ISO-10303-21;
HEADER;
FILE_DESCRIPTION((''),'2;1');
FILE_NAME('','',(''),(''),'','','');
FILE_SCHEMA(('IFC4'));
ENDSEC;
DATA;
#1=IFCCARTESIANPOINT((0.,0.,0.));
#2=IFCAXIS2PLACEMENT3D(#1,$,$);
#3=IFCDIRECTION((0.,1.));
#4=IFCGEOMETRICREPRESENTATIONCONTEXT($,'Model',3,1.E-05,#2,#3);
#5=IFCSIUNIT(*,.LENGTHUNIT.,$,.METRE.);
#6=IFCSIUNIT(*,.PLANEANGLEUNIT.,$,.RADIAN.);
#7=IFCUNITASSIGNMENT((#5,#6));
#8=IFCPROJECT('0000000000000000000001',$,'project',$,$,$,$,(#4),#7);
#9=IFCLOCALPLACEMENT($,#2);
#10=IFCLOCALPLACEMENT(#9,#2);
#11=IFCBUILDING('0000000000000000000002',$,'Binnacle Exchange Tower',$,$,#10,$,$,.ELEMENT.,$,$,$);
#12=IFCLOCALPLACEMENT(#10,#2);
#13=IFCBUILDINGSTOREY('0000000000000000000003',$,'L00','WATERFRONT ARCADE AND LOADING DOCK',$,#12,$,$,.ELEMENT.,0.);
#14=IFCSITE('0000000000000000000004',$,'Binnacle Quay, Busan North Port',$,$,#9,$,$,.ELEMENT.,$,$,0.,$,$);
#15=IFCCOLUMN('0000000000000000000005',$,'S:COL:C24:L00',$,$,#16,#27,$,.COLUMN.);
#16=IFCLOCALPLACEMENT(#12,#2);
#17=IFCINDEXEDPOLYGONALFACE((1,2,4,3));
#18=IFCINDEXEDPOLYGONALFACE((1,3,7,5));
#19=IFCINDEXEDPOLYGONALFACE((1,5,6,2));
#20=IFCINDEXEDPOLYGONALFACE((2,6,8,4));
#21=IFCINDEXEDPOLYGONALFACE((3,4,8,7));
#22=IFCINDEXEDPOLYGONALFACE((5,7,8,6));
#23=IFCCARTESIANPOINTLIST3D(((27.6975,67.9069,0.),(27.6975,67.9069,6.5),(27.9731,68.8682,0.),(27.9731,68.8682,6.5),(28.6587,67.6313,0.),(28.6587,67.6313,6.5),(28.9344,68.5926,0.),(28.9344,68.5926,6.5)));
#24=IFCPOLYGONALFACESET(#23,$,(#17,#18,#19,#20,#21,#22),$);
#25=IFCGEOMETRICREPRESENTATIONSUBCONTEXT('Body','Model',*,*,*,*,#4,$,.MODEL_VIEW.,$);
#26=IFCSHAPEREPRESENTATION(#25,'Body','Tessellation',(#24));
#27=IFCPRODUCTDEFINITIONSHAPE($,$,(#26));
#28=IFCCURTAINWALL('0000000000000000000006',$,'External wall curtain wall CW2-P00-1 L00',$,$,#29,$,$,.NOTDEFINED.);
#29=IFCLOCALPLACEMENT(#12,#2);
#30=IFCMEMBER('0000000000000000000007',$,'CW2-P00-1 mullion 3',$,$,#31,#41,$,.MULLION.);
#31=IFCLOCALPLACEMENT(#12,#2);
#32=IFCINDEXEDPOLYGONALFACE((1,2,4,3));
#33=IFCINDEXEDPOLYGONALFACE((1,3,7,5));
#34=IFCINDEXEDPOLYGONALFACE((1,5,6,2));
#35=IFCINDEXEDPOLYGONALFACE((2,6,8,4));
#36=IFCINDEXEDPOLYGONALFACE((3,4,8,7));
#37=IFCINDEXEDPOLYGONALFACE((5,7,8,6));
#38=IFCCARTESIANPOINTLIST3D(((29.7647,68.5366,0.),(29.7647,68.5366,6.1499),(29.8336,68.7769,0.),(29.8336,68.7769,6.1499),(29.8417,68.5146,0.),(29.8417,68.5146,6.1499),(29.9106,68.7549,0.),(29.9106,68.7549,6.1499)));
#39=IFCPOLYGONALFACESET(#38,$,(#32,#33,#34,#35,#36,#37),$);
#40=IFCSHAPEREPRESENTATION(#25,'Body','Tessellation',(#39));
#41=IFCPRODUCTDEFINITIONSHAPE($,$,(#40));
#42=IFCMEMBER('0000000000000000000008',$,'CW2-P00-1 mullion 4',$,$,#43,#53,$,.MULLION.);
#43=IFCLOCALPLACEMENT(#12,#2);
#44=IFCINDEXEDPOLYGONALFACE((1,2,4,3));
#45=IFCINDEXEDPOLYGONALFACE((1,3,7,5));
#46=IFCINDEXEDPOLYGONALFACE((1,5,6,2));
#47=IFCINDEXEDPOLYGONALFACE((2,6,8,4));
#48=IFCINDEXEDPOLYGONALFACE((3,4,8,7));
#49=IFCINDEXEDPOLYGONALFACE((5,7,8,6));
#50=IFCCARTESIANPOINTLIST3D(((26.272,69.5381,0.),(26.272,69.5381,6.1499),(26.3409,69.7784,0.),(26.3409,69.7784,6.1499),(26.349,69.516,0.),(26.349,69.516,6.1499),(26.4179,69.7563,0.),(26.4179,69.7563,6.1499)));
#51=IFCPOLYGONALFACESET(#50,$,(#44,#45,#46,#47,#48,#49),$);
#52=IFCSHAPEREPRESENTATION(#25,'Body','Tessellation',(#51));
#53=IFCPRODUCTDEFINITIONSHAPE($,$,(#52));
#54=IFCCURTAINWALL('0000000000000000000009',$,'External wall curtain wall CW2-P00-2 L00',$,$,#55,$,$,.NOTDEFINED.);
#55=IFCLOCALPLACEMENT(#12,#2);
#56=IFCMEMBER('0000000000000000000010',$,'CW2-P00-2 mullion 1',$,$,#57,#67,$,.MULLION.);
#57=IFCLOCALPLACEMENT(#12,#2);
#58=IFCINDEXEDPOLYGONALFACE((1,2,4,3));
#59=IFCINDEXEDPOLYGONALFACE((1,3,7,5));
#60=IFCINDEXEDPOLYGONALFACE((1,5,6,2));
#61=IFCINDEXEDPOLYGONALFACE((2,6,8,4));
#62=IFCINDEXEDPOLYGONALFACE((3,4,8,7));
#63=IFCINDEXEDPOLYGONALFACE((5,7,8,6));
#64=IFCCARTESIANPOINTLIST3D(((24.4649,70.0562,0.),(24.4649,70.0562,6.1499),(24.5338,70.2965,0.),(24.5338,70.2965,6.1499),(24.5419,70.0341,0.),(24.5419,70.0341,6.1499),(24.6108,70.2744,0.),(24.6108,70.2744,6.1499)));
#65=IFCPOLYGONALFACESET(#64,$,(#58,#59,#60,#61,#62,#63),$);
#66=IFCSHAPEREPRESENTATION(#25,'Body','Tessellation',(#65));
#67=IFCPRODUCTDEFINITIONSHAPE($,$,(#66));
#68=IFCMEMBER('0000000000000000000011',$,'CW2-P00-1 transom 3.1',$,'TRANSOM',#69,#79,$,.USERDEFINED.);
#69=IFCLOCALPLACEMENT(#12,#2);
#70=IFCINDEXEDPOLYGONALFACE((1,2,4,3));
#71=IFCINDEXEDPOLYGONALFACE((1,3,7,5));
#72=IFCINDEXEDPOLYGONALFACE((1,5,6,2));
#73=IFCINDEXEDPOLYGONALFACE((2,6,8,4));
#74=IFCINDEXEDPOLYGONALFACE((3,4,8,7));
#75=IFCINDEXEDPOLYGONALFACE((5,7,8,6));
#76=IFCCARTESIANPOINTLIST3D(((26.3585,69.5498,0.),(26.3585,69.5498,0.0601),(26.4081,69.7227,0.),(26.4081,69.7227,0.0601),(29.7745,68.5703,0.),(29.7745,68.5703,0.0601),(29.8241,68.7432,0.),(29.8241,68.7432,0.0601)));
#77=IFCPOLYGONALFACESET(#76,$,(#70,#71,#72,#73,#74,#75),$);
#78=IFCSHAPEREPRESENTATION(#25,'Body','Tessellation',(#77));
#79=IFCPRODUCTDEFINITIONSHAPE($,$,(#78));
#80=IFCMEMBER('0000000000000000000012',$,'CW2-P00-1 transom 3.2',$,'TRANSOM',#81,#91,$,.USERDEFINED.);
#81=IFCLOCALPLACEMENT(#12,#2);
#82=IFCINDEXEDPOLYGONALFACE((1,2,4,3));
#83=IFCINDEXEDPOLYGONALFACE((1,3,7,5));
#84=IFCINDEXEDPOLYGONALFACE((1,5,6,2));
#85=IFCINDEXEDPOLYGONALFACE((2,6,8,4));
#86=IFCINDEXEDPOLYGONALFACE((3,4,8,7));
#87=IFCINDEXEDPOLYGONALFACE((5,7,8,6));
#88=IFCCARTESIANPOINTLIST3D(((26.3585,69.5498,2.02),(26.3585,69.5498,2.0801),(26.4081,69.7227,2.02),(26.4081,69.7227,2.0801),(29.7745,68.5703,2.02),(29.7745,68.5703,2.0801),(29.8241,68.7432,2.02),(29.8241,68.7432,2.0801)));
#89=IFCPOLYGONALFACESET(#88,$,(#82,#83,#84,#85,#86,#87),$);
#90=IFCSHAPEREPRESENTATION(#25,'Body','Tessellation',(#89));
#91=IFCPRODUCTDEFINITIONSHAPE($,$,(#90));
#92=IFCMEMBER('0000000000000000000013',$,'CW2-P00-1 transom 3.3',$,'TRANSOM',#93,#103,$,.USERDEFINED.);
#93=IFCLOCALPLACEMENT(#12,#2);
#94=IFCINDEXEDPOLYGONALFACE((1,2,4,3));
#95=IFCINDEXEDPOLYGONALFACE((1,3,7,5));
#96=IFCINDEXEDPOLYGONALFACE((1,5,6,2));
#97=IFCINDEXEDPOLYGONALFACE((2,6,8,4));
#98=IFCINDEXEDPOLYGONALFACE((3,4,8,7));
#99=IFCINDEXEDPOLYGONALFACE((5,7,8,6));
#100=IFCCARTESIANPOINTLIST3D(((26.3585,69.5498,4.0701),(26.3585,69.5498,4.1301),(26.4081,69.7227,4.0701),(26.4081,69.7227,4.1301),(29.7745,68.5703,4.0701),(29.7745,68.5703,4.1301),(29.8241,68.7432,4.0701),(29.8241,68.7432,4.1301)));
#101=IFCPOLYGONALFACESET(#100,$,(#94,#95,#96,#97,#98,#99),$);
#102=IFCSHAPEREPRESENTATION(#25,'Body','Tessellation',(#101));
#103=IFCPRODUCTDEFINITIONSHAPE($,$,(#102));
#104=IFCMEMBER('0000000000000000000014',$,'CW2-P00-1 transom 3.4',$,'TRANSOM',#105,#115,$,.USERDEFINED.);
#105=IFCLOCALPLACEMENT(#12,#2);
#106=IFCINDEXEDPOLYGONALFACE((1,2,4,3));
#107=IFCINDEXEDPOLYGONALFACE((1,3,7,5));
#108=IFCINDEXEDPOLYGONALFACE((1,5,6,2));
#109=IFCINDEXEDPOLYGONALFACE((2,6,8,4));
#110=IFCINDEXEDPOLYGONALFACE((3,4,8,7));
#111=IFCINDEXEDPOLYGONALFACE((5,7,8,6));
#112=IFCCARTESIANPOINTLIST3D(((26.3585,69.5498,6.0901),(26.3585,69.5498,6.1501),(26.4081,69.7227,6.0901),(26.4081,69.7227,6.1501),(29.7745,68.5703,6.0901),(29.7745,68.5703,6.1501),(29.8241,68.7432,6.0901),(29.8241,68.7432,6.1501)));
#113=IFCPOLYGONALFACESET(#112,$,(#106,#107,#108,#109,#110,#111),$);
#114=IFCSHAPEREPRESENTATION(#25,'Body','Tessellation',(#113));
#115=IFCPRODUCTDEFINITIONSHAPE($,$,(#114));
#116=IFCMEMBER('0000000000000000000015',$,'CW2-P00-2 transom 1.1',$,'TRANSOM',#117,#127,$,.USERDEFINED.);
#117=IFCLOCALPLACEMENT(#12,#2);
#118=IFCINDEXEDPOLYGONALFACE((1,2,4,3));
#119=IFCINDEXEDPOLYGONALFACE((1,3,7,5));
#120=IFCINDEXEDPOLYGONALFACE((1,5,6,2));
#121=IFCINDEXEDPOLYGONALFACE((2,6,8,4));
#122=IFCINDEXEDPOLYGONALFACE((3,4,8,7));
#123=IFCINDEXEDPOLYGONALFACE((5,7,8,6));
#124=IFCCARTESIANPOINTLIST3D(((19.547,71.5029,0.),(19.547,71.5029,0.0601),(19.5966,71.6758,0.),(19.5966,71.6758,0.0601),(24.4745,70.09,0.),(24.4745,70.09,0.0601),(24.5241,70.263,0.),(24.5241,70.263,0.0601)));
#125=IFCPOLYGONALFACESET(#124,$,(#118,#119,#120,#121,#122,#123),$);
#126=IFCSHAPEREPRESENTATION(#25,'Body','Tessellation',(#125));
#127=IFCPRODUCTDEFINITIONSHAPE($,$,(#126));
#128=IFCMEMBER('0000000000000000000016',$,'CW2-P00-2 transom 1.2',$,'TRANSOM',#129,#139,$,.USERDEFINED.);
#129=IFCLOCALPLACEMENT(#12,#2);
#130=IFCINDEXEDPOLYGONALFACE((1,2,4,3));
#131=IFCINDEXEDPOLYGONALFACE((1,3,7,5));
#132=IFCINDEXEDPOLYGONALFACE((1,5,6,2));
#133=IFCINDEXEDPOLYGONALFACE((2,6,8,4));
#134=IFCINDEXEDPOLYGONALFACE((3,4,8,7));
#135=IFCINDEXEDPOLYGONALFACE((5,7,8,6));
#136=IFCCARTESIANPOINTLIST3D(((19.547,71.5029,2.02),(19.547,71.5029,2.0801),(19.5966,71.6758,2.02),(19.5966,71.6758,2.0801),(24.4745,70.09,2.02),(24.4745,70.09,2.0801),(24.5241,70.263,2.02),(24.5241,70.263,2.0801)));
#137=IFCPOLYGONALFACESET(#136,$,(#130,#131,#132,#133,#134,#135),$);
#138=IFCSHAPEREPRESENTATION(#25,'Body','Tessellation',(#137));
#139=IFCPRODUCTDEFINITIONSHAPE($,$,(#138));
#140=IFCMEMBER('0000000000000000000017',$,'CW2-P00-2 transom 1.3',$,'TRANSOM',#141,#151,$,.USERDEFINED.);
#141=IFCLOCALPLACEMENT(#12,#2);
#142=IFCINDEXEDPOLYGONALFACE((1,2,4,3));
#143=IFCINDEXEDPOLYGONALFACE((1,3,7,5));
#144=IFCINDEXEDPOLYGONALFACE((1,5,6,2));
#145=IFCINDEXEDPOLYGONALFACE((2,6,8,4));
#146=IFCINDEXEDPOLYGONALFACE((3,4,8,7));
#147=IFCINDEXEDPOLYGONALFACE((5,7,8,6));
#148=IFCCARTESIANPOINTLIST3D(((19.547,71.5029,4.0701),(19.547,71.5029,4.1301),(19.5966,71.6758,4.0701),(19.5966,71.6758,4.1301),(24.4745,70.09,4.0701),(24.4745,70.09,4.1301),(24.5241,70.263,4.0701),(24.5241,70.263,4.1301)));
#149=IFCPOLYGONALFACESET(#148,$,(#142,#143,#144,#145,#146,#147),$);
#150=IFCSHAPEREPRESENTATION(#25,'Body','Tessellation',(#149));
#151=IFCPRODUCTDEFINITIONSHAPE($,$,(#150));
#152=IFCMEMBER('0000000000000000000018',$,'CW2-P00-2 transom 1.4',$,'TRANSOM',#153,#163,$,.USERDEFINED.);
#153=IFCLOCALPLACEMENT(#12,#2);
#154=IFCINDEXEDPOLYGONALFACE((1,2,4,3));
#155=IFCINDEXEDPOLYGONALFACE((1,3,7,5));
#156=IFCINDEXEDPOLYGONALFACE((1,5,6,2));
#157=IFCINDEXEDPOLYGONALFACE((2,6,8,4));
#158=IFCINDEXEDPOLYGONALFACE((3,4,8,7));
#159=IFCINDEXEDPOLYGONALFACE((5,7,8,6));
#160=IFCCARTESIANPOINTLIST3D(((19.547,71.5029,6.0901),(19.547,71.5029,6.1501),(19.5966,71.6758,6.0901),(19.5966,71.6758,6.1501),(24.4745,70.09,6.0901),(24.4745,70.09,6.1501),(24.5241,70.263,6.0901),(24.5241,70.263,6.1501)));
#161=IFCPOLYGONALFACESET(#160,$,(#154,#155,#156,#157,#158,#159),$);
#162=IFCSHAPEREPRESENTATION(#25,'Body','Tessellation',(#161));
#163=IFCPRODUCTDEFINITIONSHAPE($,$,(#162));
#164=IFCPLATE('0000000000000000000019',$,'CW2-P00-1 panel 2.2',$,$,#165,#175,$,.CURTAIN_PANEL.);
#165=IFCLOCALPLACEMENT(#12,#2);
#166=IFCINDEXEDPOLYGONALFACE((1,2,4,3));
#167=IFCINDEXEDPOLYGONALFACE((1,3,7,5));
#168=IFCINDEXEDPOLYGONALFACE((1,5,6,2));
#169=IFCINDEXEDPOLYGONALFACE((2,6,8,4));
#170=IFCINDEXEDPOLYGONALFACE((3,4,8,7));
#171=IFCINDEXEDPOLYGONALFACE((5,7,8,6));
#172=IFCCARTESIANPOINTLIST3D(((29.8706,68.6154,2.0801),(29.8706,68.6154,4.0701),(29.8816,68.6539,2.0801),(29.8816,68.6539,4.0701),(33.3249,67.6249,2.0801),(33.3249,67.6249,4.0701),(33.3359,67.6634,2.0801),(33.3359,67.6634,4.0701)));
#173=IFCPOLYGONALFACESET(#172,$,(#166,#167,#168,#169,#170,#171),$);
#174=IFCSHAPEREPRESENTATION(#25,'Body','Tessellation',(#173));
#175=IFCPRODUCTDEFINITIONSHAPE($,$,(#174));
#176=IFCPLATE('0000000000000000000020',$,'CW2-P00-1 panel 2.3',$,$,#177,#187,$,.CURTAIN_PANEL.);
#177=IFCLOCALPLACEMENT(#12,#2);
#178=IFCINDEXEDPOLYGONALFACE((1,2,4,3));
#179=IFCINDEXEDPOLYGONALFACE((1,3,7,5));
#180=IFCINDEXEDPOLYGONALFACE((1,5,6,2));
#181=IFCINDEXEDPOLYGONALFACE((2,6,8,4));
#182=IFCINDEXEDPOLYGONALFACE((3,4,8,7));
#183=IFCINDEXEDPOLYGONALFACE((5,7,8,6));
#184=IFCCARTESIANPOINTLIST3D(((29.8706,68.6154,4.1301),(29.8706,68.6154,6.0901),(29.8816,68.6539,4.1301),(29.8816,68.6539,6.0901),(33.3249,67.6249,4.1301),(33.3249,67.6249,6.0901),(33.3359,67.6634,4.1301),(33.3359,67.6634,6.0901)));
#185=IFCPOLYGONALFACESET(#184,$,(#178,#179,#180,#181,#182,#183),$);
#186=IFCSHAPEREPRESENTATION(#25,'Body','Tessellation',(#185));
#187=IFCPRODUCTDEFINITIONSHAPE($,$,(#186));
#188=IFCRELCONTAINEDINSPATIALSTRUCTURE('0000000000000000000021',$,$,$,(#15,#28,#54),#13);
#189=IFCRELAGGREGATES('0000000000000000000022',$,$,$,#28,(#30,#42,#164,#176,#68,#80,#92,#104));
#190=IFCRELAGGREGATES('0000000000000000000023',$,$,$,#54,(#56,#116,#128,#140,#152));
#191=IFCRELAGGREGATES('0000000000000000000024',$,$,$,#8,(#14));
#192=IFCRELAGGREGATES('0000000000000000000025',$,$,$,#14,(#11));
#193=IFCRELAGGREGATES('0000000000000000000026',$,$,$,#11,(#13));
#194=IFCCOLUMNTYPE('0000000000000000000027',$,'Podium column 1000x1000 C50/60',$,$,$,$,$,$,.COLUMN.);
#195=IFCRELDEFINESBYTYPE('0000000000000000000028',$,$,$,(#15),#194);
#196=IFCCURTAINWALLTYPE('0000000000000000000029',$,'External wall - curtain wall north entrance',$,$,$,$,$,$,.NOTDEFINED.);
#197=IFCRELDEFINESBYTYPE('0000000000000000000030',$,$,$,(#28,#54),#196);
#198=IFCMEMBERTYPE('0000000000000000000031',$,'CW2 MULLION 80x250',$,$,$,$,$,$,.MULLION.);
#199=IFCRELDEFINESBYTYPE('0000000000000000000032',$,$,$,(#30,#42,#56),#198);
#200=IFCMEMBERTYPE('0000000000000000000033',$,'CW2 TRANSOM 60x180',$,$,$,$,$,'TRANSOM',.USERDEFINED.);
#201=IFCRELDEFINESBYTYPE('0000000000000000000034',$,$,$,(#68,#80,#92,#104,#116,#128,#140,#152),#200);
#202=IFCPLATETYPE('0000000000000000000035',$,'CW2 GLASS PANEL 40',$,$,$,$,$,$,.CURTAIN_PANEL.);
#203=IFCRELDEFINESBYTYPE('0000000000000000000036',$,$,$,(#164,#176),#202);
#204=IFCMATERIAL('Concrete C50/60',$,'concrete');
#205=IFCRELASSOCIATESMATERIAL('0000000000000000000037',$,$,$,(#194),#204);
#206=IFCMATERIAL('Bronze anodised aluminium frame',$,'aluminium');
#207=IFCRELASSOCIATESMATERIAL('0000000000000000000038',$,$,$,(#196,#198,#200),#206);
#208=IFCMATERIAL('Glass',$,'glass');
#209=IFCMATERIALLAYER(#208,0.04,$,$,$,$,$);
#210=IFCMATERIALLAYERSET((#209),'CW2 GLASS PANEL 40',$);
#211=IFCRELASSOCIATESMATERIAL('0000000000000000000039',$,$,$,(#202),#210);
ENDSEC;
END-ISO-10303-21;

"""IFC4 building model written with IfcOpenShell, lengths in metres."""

from ifc_helpers import new_model, si_unit, direction, frame, origin, origin_2d, place, context, subcontext, project, spatial, rectangle, extrude, material, layer, layer_set, material_profile, profile_set, type_object, element, aggregate, save


model = new_model("IFC4")

# Units and contexts
model_context = context("Model", 3, precision=1e-05, world=origin(), true_north=direction((0.0, 1.0)))
body_context = subcontext(model_context, "Body", "Model", "MODEL_VIEW")
ifc_project = project(units=[si_unit("LENGTHUNIT", "METRE"), si_unit("PLANEANGLEUNIT", "RADIAN")], contexts=[model_context])

# Site, building, storey
site_placement = place(None, origin())
site = spatial("IfcSite", under=ifc_project, at=site_placement, Name="Binnacle Quay, Busan North Port", CompositionType="ELEMENT", RefElevation=0.0)
building_placement = place(site_placement, origin())
building = spatial("IfcBuilding", under=site, at=building_placement, Name="Binnacle Exchange Tower", CompositionType="ELEMENT")
storey_placement = place(building_placement, origin())
storey = spatial("IfcBuildingStorey", under=building, at=storey_placement, Name="L00", Description="WATERFRONT ARCADE AND LOADING DOCK", CompositionType="ELEMENT", Elevation=0.0)

# Column
ifc_material_1 = material(Name="Concrete C50/60", Category="concrete")
ifc_material_profile_1 = material_profile(ifc_material_1, rectangle(XDim=1.0, YDim=1.0, at=origin_2d()), Name="Podium column 1000x1000 C50/60")
ifc_profile_set_1 = profile_set([ifc_material_profile_1], Name="Concrete C50/60")
column_type = type_object("IfcColumnType", Name="Podium column 1000x1000 C50/60", PredefinedType="COLUMN", material=ifc_profile_set_1)
column_placement = place(storey_placement, frame((28.3159, 68.2498, 0.0), z_axis=(0.0, 0.0, 1.0), x_axis=(-0.961262, 0.275637, 0.0)))
element("IfcColumn", 1, at=column_placement, inside=storey, type_object=column_type, Name="S:COL:C24:L00", PredefinedType="COLUMN", context=body_context, shape_type="SweptSolid", body=[
    extrude(rectangle(XDim=1.0, YDim=1.0, at=origin_2d()), origin(), (0.0, 0.0, 1.0), 6.5),
])

# Curtain wall, members
ifc_material_2 = material(Name="Bronze anodised aluminium frame", Category="aluminium")
curtain_wall_type = type_object("IfcCurtainWallType", Name="External wall - curtain wall north entrance", PredefinedType="NOTDEFINED", material=ifc_material_2)
curtain_wall_1_placement = place(storey_placement, origin())
curtain_wall_1 = element("IfcCurtainWall", 2, at=curtain_wall_1_placement, inside=storey, type_object=curtain_wall_type, Name="External wall curtain wall CW2-P00-1 L00", PredefinedType="NOTDEFINED")
ifc_material_profile_2 = material_profile(ifc_material_2, rectangle(XDim=0.25, YDim=0.0801, at=origin_2d()), Name="AL 80x250")
ifc_profile_set_2 = profile_set([ifc_material_profile_2], Name="Bronze anodised aluminium frame")
member_type_1 = type_object("IfcMemberType", Name="CW2 MULLION 80x250", PredefinedType="MULLION", material=ifc_profile_set_2)
member_1_placement = place(storey_placement, frame((29.8376, 68.6458, 0.0), z_axis=(0.0, 0.0, 1.0), x_axis=(-0.275637, -0.961262, 0.0)))
member_1 = element("IfcMember", 3, at=member_1_placement, type_object=member_type_1, Name="CW2-P00-1 mullion 3", PredefinedType="MULLION", context=body_context, shape_type="SweptSolid", body=[
    extrude(rectangle(XDim=0.25, YDim=0.0801, at=origin_2d()), origin(), (0.0, 0.0, 1.0), 6.1499),
])
member_2_placement = place(storey_placement, frame((26.345, 69.6472, 0.0), z_axis=(0.0, 0.0, 1.0), x_axis=(-0.275637, -0.961262, 0.0)))
member_2 = element("IfcMember", 4, at=member_2_placement, type_object=member_type_1, Name="CW2-P00-1 mullion 4", PredefinedType="MULLION", context=body_context, shape_type="SweptSolid", body=[
    extrude(rectangle(XDim=0.25, YDim=0.0801, at=origin_2d()), origin(), (0.0, 0.0, 1.0), 6.1499),
])

# Curtain wall, member
curtain_wall_2_placement = place(storey_placement, origin())
curtain_wall_2 = element("IfcCurtainWall", 5, at=curtain_wall_2_placement, inside=storey, type_object=curtain_wall_type, Name="External wall curtain wall CW2-P00-2 L00", PredefinedType="NOTDEFINED")
member_3_placement = place(storey_placement, frame((24.5378, 70.1653, 0.0), z_axis=(0.0, 0.0, 1.0), x_axis=(-0.275637, -0.961262, 0.0)))
member_3 = element("IfcMember", 6, at=member_3_placement, type_object=member_type_1, Name="CW2-P00-2 mullion 1", PredefinedType="MULLION", context=body_context, shape_type="SweptSolid", body=[
    extrude(rectangle(XDim=0.25, YDim=0.0801, at=origin_2d()), origin(), (0.0, 0.0, 1.0), 6.1499),
])

# Members
ifc_material_profile_3 = material_profile(ifc_material_2, rectangle(XDim=0.1799, YDim=0.0601, at=origin_2d()), Name="AL 180x60")
ifc_profile_set_3 = profile_set([ifc_material_profile_3], Name="Bronze anodised aluminium frame")
member_type_2 = type_object("IfcMemberType", Name="CW2 TRANSOM 60x180", ElementType="TRANSOM", PredefinedType="USERDEFINED", material=ifc_profile_set_3)
member_4_placement = place(storey_placement, frame((29.7993, 68.6567, 0.03), z_axis=(-0.961264, 0.275628, 0.0), x_axis=(-0.275628, -0.961264, 0.0)))
member_4 = element("IfcMember", 7, at=member_4_placement, type_object=member_type_2, Name="CW2-P00-1 transom 3.1", ObjectType="TRANSOM", PredefinedType="USERDEFINED", context=body_context, shape_type="SweptSolid", body=[
    extrude(rectangle(XDim=0.1799, YDim=0.0601, at=origin_2d()), origin(), (0.0, 0.0, 1.0), 3.5537),
])
member_5_placement = place(storey_placement, frame((29.7993, 68.6567, 2.05), z_axis=(-0.961264, 0.275628, 0.0), x_axis=(-0.275628, -0.961264, 0.0)))
member_5 = element("IfcMember", 8, at=member_5_placement, type_object=member_type_2, Name="CW2-P00-1 transom 3.2", ObjectType="TRANSOM", PredefinedType="USERDEFINED", context=body_context, shape_type="SweptSolid", body=[
    extrude(rectangle(XDim=0.1799, YDim=0.0601, at=origin_2d()), origin(), (0.0, 0.0, 1.0), 3.5537),
])
member_6_placement = place(storey_placement, frame((29.7993, 68.6567, 4.1001), z_axis=(-0.961264, 0.275628, 0.0), x_axis=(-0.275628, -0.961264, 0.0)))
member_6 = element("IfcMember", 9, at=member_6_placement, type_object=member_type_2, Name="CW2-P00-1 transom 3.3", ObjectType="TRANSOM", PredefinedType="USERDEFINED", context=body_context, shape_type="SweptSolid", body=[
    extrude(rectangle(XDim=0.1799, YDim=0.0601, at=origin_2d()), origin(), (0.0, 0.0, 1.0), 3.5537),
])
member_7_placement = place(storey_placement, frame((29.7993, 68.6567, 6.1201), z_axis=(-0.961264, 0.275628, 0.0), x_axis=(-0.275628, -0.961264, 0.0)))
member_7 = element("IfcMember", 10, at=member_7_placement, type_object=member_type_2, Name="CW2-P00-1 transom 3.4", ObjectType="TRANSOM", PredefinedType="USERDEFINED", context=body_context, shape_type="SweptSolid", body=[
    extrude(rectangle(XDim=0.1799, YDim=0.0601, at=origin_2d()), origin(), (0.0, 0.0, 1.0), 3.5537),
])
member_8_placement = place(storey_placement, frame((24.4993, 70.1765, 0.03), z_axis=(-0.961267, 0.275621, 0.0), x_axis=(-0.275621, -0.961267, 0.0)))
member_8 = element("IfcMember", 11, at=member_8_placement, type_object=member_type_2, Name="CW2-P00-2 transom 1.1", ObjectType="TRANSOM", PredefinedType="USERDEFINED", context=body_context, shape_type="SweptSolid", body=[
    extrude(rectangle(XDim=0.1799, YDim=0.0601, at=origin_2d()), origin(), (0.0, 0.0, 1.0), 5.126),
])
member_9_placement = place(storey_placement, frame((24.4993, 70.1765, 2.05), z_axis=(-0.961267, 0.275621, 0.0), x_axis=(-0.275621, -0.961267, 0.0)))
member_9 = element("IfcMember", 12, at=member_9_placement, type_object=member_type_2, Name="CW2-P00-2 transom 1.2", ObjectType="TRANSOM", PredefinedType="USERDEFINED", context=body_context, shape_type="SweptSolid", body=[
    extrude(rectangle(XDim=0.1799, YDim=0.0601, at=origin_2d()), origin(), (0.0, 0.0, 1.0), 5.126),
])
member_10_placement = place(storey_placement, frame((24.4993, 70.1765, 4.1001), z_axis=(-0.961267, 0.275621, 0.0), x_axis=(-0.275621, -0.961267, 0.0)))
member_10 = element("IfcMember", 13, at=member_10_placement, type_object=member_type_2, Name="CW2-P00-2 transom 1.3", ObjectType="TRANSOM", PredefinedType="USERDEFINED", context=body_context, shape_type="SweptSolid", body=[
    extrude(rectangle(XDim=0.1799, YDim=0.0601, at=origin_2d()), origin(), (0.0, 0.0, 1.0), 5.126),
])
member_11_placement = place(storey_placement, frame((24.4993, 70.1765, 6.1201), z_axis=(-0.961267, 0.275621, 0.0), x_axis=(-0.275621, -0.961267, 0.0)))
member_11 = element("IfcMember", 14, at=member_11_placement, type_object=member_type_2, Name="CW2-P00-2 transom 1.4", ObjectType="TRANSOM", PredefinedType="USERDEFINED", context=body_context, shape_type="SweptSolid", body=[
    extrude(rectangle(XDim=0.1799, YDim=0.0601, at=origin_2d()), origin(), (0.0, 0.0, 1.0), 5.126),
])

# Plates
ifc_material_3 = material(Name="Glass", Category="glass")
ifc_layer_1 = layer(ifc_material_3, 0.04)
ifc_layer_set_1 = layer_set([ifc_layer_1], Name="CW2 GLASS PANEL 40")
plate_type = type_object("IfcPlateType", Name="CW2 GLASS PANEL 40", PredefinedType="CURTAIN_PANEL", material=ifc_layer_set_1)
plate_1_placement = place(storey_placement, frame((31.6033, 68.1394, 2.0801), z_axis=(0.0, 0.0, 1.0), x_axis=(-0.961262, 0.275637, 0.0)))
plate_1 = element("IfcPlate", 15, at=plate_1_placement, type_object=plate_type, Name="CW2-P00-1 panel 2.2", PredefinedType="CURTAIN_PANEL", context=body_context, shape_type="SweptSolid", body=[
    extrude(rectangle(XDim=3.5935, YDim=0.04, at=origin_2d()), origin(), (0.0, 0.0, 1.0), 1.99),
])
plate_2_placement = place(storey_placement, frame((31.6033, 68.1394, 4.1301), z_axis=(0.0, 0.0, 1.0), x_axis=(-0.961262, 0.275637, 0.0)))
plate_2 = element("IfcPlate", 16, at=plate_2_placement, type_object=plate_type, Name="CW2-P00-1 panel 2.3", PredefinedType="CURTAIN_PANEL", context=body_context, shape_type="SweptSolid", body=[
    extrude(rectangle(XDim=3.5935, YDim=0.04, at=origin_2d()), origin(), (0.0, 0.0, 1.0), 1.96),
])
aggregate(curtain_wall_1, [member_1, member_2, plate_1, plate_2, member_4, member_5, member_6, member_7])
aggregate(curtain_wall_2, [member_3, member_8, member_9, member_10, member_11])

save(model, "model.ifc")
